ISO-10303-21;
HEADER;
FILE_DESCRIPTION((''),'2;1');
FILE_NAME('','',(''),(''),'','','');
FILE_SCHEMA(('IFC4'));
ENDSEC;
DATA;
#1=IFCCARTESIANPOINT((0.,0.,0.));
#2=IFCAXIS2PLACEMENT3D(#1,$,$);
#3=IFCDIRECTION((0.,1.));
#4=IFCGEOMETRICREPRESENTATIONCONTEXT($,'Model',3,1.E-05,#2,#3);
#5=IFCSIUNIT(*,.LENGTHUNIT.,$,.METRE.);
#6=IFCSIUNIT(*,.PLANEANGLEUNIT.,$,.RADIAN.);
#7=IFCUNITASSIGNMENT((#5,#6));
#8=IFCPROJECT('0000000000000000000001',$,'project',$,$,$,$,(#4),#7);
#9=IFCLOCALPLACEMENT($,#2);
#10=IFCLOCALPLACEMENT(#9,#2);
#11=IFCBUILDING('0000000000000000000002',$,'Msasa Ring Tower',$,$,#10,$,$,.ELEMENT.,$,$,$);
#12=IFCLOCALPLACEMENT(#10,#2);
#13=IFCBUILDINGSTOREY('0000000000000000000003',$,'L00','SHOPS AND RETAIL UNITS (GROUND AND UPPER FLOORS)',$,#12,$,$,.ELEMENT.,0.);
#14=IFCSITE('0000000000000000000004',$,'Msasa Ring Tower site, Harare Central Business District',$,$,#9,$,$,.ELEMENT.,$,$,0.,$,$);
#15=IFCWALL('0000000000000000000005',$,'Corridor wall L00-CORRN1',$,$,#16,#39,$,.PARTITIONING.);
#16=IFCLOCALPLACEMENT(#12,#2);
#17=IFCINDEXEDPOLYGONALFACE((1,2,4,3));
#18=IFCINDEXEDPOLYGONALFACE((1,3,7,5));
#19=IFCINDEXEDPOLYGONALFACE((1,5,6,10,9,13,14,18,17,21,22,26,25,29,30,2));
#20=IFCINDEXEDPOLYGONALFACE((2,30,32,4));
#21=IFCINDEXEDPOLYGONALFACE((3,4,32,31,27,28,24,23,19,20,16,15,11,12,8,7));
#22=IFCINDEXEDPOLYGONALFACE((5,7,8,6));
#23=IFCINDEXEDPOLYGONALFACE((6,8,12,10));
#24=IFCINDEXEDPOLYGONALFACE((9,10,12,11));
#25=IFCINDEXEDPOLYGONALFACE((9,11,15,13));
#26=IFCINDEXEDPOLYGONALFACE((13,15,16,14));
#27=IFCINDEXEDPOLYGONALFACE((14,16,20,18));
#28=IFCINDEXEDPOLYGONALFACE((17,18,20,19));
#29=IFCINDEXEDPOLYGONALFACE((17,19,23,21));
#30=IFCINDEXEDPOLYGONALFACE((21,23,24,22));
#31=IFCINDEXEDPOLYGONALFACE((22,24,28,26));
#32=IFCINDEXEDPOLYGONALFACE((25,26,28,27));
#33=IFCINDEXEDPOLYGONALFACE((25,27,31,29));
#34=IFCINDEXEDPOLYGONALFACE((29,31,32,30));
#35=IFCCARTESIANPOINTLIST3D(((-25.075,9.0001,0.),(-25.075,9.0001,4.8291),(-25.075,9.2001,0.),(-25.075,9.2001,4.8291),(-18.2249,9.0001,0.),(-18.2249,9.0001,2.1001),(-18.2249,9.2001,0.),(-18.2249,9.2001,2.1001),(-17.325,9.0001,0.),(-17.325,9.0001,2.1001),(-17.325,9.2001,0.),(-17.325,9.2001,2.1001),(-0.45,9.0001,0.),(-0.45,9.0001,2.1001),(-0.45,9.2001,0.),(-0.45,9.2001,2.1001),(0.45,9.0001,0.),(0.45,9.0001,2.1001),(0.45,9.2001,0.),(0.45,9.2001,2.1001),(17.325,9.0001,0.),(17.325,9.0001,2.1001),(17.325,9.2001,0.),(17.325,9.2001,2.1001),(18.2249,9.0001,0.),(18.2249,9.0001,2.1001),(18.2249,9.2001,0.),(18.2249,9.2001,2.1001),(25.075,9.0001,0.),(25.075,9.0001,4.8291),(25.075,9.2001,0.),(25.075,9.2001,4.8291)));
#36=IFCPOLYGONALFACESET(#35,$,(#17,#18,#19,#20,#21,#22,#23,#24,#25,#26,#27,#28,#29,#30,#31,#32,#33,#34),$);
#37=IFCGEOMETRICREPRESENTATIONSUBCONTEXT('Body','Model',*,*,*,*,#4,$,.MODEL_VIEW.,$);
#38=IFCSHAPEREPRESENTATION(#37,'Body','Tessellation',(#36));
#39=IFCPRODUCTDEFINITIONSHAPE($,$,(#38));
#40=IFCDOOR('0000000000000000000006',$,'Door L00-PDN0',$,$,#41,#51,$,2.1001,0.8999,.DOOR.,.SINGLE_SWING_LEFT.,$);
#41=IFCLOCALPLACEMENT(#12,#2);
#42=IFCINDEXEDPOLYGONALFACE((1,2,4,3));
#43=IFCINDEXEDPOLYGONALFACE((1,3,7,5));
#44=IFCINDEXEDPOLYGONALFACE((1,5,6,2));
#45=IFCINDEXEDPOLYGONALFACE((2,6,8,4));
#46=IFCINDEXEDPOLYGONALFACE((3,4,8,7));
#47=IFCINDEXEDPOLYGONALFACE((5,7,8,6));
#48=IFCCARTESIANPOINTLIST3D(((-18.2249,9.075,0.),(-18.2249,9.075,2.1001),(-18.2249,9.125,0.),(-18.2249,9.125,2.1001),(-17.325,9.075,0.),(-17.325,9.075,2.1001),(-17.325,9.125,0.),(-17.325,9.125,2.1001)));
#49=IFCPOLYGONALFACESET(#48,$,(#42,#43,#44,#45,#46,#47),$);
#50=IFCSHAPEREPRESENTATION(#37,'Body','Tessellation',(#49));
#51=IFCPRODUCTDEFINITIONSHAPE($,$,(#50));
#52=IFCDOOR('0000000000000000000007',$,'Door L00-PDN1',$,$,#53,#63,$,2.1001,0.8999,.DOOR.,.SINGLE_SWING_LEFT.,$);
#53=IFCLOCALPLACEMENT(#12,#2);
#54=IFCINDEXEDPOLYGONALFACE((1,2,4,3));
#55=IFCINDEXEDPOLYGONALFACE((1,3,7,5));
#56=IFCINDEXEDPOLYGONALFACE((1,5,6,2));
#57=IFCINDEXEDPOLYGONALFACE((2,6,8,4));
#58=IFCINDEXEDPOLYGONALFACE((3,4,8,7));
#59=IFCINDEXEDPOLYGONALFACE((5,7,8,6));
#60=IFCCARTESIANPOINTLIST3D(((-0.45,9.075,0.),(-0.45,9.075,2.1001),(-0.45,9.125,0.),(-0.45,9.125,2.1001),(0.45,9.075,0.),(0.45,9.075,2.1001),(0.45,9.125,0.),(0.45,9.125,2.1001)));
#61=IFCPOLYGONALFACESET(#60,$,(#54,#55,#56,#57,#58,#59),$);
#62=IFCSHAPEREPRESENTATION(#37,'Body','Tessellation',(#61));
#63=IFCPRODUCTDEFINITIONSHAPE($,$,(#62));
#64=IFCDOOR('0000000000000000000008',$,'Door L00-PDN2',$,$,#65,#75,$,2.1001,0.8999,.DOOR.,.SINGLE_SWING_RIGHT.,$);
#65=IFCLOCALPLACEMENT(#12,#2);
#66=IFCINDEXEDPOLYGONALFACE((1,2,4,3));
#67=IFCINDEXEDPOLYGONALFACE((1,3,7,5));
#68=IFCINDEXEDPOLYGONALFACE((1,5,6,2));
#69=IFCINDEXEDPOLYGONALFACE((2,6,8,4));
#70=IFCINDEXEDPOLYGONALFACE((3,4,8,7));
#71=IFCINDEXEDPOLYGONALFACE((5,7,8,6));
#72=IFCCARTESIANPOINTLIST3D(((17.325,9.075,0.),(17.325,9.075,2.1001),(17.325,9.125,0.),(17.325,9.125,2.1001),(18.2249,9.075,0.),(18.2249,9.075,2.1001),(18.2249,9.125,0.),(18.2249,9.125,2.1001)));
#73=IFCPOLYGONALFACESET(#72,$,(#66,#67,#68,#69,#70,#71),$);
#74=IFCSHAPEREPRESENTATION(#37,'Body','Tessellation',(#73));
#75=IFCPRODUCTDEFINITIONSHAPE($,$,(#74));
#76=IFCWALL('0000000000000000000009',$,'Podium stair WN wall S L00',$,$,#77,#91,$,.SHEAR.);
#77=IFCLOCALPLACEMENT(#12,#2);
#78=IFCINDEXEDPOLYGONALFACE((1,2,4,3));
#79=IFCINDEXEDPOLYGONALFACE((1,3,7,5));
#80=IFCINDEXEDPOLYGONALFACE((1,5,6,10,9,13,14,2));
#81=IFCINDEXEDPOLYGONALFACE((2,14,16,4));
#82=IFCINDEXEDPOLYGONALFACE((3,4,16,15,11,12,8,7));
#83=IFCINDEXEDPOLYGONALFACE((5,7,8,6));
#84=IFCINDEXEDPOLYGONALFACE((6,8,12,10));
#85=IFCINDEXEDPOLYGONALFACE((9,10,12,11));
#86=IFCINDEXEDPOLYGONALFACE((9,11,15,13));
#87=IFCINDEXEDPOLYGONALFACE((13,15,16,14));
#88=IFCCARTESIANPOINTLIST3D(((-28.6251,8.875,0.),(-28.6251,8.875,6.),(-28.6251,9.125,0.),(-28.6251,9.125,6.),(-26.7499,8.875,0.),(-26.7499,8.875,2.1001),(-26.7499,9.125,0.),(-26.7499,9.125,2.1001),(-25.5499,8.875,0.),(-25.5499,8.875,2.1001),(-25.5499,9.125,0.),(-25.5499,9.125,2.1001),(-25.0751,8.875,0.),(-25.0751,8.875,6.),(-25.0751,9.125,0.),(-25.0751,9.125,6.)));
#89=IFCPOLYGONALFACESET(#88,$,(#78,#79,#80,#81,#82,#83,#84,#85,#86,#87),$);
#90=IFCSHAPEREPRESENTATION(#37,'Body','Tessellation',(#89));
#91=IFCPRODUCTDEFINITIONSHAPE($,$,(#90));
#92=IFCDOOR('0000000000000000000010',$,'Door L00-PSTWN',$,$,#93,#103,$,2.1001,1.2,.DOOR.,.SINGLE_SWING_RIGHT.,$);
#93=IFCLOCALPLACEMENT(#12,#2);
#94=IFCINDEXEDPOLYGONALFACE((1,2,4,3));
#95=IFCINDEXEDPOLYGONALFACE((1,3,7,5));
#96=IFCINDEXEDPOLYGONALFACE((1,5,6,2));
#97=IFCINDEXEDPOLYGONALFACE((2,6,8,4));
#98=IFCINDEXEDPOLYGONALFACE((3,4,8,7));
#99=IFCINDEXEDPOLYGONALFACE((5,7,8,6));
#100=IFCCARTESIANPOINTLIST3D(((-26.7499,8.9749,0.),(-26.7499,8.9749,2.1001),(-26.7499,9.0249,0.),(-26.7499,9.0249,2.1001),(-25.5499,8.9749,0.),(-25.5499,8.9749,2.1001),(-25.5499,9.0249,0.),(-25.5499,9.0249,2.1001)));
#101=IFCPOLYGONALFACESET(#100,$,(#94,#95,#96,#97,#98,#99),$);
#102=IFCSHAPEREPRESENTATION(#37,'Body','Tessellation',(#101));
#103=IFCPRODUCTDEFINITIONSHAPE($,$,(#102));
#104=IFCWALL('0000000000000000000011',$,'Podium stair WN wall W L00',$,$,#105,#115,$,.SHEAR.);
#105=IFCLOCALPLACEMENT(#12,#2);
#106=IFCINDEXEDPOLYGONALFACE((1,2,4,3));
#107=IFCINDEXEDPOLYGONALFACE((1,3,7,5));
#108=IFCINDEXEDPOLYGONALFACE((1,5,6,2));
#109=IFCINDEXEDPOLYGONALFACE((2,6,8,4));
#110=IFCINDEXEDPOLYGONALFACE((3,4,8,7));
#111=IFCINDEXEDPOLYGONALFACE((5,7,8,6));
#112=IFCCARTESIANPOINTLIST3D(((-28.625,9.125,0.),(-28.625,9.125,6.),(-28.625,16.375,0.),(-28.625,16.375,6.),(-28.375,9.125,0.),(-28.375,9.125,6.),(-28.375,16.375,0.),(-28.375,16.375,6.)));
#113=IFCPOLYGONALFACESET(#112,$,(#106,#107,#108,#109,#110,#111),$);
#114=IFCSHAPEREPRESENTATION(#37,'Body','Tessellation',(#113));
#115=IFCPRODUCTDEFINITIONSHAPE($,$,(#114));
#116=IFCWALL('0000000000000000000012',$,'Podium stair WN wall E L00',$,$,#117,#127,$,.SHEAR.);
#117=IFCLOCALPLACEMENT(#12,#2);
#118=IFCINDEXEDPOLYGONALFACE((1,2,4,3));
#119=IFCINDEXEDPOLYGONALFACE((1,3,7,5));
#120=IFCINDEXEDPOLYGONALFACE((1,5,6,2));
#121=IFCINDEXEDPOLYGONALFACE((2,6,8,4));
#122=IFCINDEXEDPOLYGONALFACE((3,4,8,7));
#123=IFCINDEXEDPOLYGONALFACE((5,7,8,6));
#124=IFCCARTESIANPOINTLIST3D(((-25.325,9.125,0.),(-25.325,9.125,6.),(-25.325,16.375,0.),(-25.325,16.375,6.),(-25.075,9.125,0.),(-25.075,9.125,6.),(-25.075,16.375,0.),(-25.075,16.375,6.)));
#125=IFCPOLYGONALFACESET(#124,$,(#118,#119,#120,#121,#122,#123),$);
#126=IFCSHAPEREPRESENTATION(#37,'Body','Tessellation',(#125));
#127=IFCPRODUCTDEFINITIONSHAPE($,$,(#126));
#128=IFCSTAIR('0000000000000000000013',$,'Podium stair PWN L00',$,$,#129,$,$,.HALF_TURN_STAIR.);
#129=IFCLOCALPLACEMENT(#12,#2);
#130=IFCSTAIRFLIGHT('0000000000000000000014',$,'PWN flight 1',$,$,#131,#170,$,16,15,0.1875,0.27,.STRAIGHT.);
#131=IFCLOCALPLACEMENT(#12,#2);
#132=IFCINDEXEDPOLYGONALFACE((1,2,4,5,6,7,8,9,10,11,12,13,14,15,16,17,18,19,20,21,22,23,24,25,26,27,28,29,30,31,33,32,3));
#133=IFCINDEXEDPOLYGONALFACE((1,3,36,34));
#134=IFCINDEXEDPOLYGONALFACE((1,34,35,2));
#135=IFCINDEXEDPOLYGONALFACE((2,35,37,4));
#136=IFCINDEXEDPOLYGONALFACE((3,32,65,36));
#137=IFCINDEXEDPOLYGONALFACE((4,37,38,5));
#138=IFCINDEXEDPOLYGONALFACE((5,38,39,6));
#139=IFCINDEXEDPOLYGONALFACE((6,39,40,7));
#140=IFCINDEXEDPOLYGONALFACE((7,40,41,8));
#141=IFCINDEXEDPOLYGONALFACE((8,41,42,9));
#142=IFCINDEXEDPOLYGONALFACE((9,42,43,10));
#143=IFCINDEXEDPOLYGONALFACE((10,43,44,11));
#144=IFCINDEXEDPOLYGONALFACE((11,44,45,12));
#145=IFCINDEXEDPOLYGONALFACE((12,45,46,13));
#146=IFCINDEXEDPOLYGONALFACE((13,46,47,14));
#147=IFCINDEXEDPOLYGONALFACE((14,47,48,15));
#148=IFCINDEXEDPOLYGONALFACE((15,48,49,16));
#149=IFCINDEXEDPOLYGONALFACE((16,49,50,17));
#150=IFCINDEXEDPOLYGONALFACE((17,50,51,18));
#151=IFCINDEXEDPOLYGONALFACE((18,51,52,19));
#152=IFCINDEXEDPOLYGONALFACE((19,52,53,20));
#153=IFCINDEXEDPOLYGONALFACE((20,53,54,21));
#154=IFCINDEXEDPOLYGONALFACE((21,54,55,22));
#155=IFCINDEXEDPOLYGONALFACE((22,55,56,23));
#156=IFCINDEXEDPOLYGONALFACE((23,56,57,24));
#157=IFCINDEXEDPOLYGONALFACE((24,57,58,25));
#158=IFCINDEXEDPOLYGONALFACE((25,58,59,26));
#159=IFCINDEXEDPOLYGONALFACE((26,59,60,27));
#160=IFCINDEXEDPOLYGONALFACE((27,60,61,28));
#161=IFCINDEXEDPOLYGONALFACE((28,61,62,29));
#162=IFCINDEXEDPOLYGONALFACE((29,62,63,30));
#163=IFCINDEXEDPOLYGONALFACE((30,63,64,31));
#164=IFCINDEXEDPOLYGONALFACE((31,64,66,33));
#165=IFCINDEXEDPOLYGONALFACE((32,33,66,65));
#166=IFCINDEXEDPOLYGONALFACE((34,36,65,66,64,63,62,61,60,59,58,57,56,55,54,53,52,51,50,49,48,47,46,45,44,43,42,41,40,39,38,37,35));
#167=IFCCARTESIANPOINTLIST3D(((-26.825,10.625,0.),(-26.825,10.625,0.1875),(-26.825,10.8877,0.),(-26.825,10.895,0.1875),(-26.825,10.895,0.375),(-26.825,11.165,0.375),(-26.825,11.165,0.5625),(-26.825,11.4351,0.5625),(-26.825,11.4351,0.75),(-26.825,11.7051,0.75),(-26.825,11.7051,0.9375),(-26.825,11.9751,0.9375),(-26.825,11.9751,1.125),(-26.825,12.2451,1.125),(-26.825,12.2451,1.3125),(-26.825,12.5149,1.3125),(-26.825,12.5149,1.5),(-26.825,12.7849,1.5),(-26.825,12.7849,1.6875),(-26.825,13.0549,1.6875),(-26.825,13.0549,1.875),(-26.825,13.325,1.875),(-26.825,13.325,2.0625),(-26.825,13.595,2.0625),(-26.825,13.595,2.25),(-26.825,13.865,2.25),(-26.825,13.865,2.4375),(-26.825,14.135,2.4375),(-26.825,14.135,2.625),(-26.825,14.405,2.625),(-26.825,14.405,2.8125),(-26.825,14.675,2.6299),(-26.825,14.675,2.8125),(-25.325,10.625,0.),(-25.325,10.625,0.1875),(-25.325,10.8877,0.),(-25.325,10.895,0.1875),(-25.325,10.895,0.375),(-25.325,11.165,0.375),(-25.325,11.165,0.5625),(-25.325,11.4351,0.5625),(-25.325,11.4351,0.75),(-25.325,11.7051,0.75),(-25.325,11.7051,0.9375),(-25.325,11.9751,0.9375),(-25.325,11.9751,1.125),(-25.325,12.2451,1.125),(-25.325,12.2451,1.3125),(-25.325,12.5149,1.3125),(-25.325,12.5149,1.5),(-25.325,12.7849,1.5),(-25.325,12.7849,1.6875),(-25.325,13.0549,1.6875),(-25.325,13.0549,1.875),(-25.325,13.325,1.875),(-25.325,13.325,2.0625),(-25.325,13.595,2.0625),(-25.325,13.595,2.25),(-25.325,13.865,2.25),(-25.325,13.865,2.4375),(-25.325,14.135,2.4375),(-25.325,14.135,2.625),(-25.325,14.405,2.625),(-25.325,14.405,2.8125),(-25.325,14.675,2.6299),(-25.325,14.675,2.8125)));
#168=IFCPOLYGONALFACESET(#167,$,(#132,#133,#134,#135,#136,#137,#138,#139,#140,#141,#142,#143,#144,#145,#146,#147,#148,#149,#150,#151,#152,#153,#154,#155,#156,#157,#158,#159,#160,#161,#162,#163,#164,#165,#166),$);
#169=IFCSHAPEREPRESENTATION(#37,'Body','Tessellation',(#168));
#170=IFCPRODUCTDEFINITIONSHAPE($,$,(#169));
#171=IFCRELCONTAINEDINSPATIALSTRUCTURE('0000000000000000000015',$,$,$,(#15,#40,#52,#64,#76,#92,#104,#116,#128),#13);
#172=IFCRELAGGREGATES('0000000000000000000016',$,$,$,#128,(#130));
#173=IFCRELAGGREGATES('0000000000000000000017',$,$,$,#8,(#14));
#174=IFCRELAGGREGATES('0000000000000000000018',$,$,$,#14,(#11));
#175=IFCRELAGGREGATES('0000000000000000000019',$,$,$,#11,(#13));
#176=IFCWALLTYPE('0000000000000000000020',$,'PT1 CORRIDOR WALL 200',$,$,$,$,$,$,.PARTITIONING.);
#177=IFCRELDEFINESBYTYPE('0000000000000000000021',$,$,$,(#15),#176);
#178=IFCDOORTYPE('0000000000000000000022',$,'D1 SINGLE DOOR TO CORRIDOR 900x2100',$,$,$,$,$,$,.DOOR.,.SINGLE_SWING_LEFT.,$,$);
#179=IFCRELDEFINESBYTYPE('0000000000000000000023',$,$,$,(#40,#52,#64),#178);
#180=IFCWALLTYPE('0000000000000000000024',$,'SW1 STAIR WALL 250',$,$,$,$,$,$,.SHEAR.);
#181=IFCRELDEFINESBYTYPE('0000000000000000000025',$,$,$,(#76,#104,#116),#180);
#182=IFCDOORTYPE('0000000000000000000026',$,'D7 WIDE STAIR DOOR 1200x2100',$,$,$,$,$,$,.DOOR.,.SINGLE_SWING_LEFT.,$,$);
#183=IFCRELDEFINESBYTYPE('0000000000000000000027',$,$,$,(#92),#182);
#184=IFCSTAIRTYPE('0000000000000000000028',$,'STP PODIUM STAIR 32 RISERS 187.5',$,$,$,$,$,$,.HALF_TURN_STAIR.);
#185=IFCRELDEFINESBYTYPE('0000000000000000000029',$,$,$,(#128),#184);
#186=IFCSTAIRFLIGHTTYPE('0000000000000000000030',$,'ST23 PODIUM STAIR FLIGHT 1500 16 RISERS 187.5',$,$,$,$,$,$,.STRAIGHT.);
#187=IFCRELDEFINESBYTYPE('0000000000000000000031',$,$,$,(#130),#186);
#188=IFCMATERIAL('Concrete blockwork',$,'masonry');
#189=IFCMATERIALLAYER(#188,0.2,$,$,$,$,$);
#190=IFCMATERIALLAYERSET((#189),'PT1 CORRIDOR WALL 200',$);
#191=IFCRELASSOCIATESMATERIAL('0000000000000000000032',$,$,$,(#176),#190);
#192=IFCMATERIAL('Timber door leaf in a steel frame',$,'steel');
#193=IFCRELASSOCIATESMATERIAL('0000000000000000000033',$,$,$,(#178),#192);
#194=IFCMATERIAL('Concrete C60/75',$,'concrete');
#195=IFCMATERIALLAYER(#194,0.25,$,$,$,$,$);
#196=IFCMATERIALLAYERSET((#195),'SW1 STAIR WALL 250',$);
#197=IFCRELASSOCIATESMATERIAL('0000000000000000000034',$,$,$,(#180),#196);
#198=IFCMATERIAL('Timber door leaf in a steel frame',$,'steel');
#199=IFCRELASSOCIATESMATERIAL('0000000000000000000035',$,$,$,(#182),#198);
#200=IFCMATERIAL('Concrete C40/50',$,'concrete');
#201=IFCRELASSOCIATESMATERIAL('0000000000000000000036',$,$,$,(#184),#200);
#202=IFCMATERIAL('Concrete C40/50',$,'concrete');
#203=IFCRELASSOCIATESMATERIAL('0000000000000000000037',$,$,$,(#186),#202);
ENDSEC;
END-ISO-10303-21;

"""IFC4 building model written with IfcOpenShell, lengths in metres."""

from ifc_helpers import new_model, si_unit, direction, frame, frame_2d, origin, place, context, subcontext, project, spatial, polyline, rectangle, outline, extrude, material, layer, layer_set, type_object, element, fill, aggregate, save


model = new_model("IFC4")

# Units and contexts
model_context = context("Model", 3, precision=1e-05, world=origin(), true_north=direction((0.0, 1.0)))
body_context = subcontext(model_context, "Body", "Model", "MODEL_VIEW")
ifc_project = project(units=[si_unit("LENGTHUNIT", "METRE"), si_unit("PLANEANGLEUNIT", "RADIAN")], contexts=[model_context])

# Site, building, storey
site_placement = place(None, origin())
site = spatial("IfcSite", under=ifc_project, at=site_placement, Name="Msasa Ring Tower site, Harare Central Business District", CompositionType="ELEMENT", RefElevation=0.0)
building_placement = place(site_placement, origin())
building = spatial("IfcBuilding", under=site, at=building_placement, Name="Msasa Ring Tower", CompositionType="ELEMENT")
storey_placement = place(building_placement, origin())
storey = spatial("IfcBuildingStorey", under=building, at=storey_placement, Name="L00", Description="SHOPS AND RETAIL UNITS (GROUND AND UPPER FLOORS)", CompositionType="ELEMENT", Elevation=0.0)

# Wall, openings, doors
ifc_material_1 = material(Name="Concrete blockwork", Category="masonry")
ifc_layer_1 = layer(ifc_material_1, 0.2)
ifc_layer_set_1 = layer_set([ifc_layer_1], Name="PT1 CORRIDOR WALL 200")
wall_type_1 = type_object("IfcWallType", Name="PT1 CORRIDOR WALL 200", PredefinedType="PARTITIONING", material=ifc_layer_set_1)
wall_1_placement = place(storey_placement, frame((-25.075, 9.1001, 0.0), z_axis=(0.0, 0.0, 1.0), x_axis=(1.0, 0.0, 0.0)))
wall_1 = element("IfcWall", 1, at=wall_1_placement, inside=storey, type_object=wall_type_1, Name="Corridor wall L00-CORRN1", PredefinedType="PARTITIONING", context=body_context, shape_type="SweptSolid", body=[
    extrude(rectangle(XDim=50.1499, YDim=0.2, at=frame_2d((25.075, 0.0))), origin(), (0.0, 0.0, 1.0), 4.8291),
])
opening_1_placement = place(wall_1_placement, frame((6.8501, 0.0, 0.0)))
opening_1 = element("IfcOpeningElement", 2, at=opening_1_placement, cuts=wall_1, PredefinedType="OPENING", context=body_context, shape_type="SweptSolid", body=[
    extrude(rectangle(XDim=0.8999, YDim=2.1001, at=frame_2d((0.45, 1.05))), frame((0.0, 0.1099, 0.0), z_axis=(0.0, -1.0, 0.0), x_axis=(1.0, 0.0, 0.0)), (0.0, 0.0, 1.0), 0.22),
])
opening_2_placement = place(wall_1_placement, frame((24.625, 0.0, 0.0)))
opening_2 = element("IfcOpeningElement", 3, at=opening_2_placement, cuts=wall_1, PredefinedType="OPENING", context=body_context, shape_type="SweptSolid", body=[
    extrude(rectangle(XDim=0.8999, YDim=2.1001, at=frame_2d((0.45, 1.05))), frame((0.0, 0.1099, 0.0), z_axis=(0.0, -1.0, 0.0), x_axis=(1.0, 0.0, 0.0)), (0.0, 0.0, 1.0), 0.22),
])
opening_3_placement = place(wall_1_placement, frame((42.3999, 0.0, 0.0)))
opening_3 = element("IfcOpeningElement", 4, at=opening_3_placement, cuts=wall_1, PredefinedType="OPENING", context=body_context, shape_type="SweptSolid", body=[
    extrude(rectangle(XDim=0.8999, YDim=2.1001, at=frame_2d((0.45, 1.05))), frame((0.0, 0.1099, 0.0), z_axis=(0.0, -1.0, 0.0), x_axis=(1.0, 0.0, 0.0)), (0.0, 0.0, 1.0), 0.22),
])
ifc_material_2 = material(Name="Timber door leaf in a steel frame", Category="steel")
door_type_1 = type_object("IfcDoorType", Name="D1 SINGLE DOOR TO CORRIDOR 900x2100", OperationType="SINGLE_SWING_LEFT", PredefinedType="DOOR", material=ifc_material_2)
door_1_placement = place(opening_1_placement, origin())
door_1 = element("IfcDoor", 5, at=door_1_placement, inside=storey, type_object=door_type_1, Name="Door L00-PDN0", OperationType="SINGLE_SWING_LEFT", OverallHeight=2.1001, OverallWidth=0.8999, PredefinedType="DOOR", context=body_context, shape_type="SweptSolid", body=[
    extrude(rectangle(XDim=0.8999, YDim=2.1001, at=frame_2d((0.45, 1.05))), frame((0.0, 0.0249, 0.0), z_axis=(0.0, -1.0, 0.0), x_axis=(1.0, 0.0, 0.0)), (0.0, 0.0, 1.0), 0.05),
])
fill(opening_1, door_1)
door_2_placement = place(opening_2_placement, origin())
door_2 = element("IfcDoor", 6, at=door_2_placement, inside=storey, type_object=door_type_1, Name="Door L00-PDN1", OperationType="SINGLE_SWING_LEFT", OverallHeight=2.1001, OverallWidth=0.8999, PredefinedType="DOOR", context=body_context, shape_type="SweptSolid", body=[
    extrude(rectangle(XDim=0.8999, YDim=2.1001, at=frame_2d((0.45, 1.05))), frame((0.0, 0.0249, 0.0), z_axis=(0.0, -1.0, 0.0), x_axis=(1.0, 0.0, 0.0)), (0.0, 0.0, 1.0), 0.05),
])
fill(opening_2, door_2)
door_3_placement = place(opening_3_placement, origin())
door_3 = element("IfcDoor", 7, at=door_3_placement, inside=storey, type_object=door_type_1, Name="Door L00-PDN2", OperationType="SINGLE_SWING_RIGHT", OverallHeight=2.1001, OverallWidth=0.8999, PredefinedType="DOOR", context=body_context, shape_type="SweptSolid", body=[
    extrude(rectangle(XDim=0.8999, YDim=2.1001, at=frame_2d((0.45, 1.05))), frame((0.0, 0.0249, 0.0), z_axis=(0.0, -1.0, 0.0), x_axis=(1.0, 0.0, 0.0)), (0.0, 0.0, 1.0), 0.05),
])
fill(opening_3, door_3)

# Wall, opening, door
ifc_material_3 = material(Name="Concrete C60/75", Category="concrete")
ifc_layer_2 = layer(ifc_material_3, 0.25)
ifc_layer_set_2 = layer_set([ifc_layer_2], Name="SW1 STAIR WALL 250")
wall_type_2 = type_object("IfcWallType", Name="SW1 STAIR WALL 250", PredefinedType="SHEAR", material=ifc_layer_set_2)
wall_2_placement = place(storey_placement, frame((-28.625, 9.0, 0.0), z_axis=(0.0, 0.0, 1.0), x_axis=(1.0, 0.0, 0.0)))
wall_2 = element("IfcWall", 8, at=wall_2_placement, inside=storey, type_object=wall_type_2, Name="Podium stair WN wall S L00", PredefinedType="SHEAR", context=body_context, shape_type="SweptSolid", body=[
    extrude(rectangle(XDim=3.55, YDim=0.25, at=frame_2d((1.7749, 0.0))), origin(), (0.0, 0.0, 1.0), 6.0),
])
opening_4_placement = place(wall_2_placement, frame((1.875, 0.0, 0.0)))
opening_4 = element("IfcOpeningElement", 9, at=opening_4_placement, cuts=wall_2, PredefinedType="OPENING", context=body_context, shape_type="SweptSolid", body=[
    extrude(rectangle(XDim=1.2, YDim=2.1001, at=frame_2d((0.6001, 1.05))), frame((0.0, 0.135, 0.0), z_axis=(0.0, -1.0, 0.0), x_axis=(1.0, 0.0, 0.0)), (0.0, 0.0, 1.0), 0.27),
])
ifc_material_4 = material(Name="Timber door leaf in a steel frame", Category="steel")
door_type_2 = type_object("IfcDoorType", Name="D7 WIDE STAIR DOOR 1200x2100", OperationType="SINGLE_SWING_LEFT", PredefinedType="DOOR", material=ifc_material_4)
door_4_placement = place(opening_4_placement, origin())
door_4 = element("IfcDoor", 10, at=door_4_placement, inside=storey, type_object=door_type_2, Name="Door L00-PSTWN", OperationType="SINGLE_SWING_RIGHT", OverallHeight=2.1001, OverallWidth=1.2, PredefinedType="DOOR", context=body_context, shape_type="SweptSolid", body=[
    extrude(rectangle(XDim=1.2, YDim=2.1001, at=frame_2d((0.6001, 1.05))), frame((0.0, 0.0249, 0.0), z_axis=(0.0, -1.0, 0.0), x_axis=(1.0, 0.0, 0.0)), (0.0, 0.0, 1.0), 0.05),
])
fill(opening_4, door_4)

# Walls
for number, where, z_axis, x_axis, name in (
    (11, (-28.5, 9.125, 0.0), (0.0, 0.0, 1.0), (0.0, 1.0, 0.0), "Podium stair WN wall W L00"),
    (12, (-25.2, 9.125, 0.0), (0.0, 0.0, 1.0), (0.0, 1.0, 0.0), "Podium stair WN wall E L00"),
):
    element("IfcWall", number, at=place(storey_placement, frame(where, z_axis=z_axis, x_axis=x_axis)), inside=storey, type_object=wall_type_2, Name=name, PredefinedType="SHEAR", context=body_context, shape_type="SweptSolid", body=[
        extrude(rectangle(XDim=7.25, YDim=0.25, at=frame_2d((3.625, 0.0))), origin(), (0.0, 0.0, 1.0), 6.0),
    ])

# Stair, stair flight
ifc_material_5 = material(Name="Concrete C40/50", Category="concrete")
stair_type = type_object("IfcStairType", Name="STP PODIUM STAIR 32 RISERS 187.5", PredefinedType="HALF_TURN_STAIR", material=ifc_material_5)
stair_placement = place(storey_placement, origin())
stair = element("IfcStair", 13, at=stair_placement, inside=storey, type_object=stair_type, Name="Podium stair PWN L00", PredefinedType="HALF_TURN_STAIR")
ifc_material_6 = material(Name="Concrete C40/50", Category="concrete")
stair_flight_type = type_object("IfcStairFlightType", Name="ST23 PODIUM STAIR FLIGHT 1500 16 RISERS 187.5", PredefinedType="STRAIGHT", material=ifc_material_6)
stair_flight_placement = place(storey_placement, frame((-26.075, 10.625, 0.0), z_axis=(0.0, 0.0, 1.0), x_axis=(0.0, 1.0, 0.0)))
stair_flight = element("IfcStairFlight", 14, at=stair_flight_placement, type_object=stair_flight_type, Name="PWN flight 1", NumberOfRisers=16, NumberOfTreads=15, PredefinedType="STRAIGHT", RiserHeight=0.1875, TreadLength=0.27, context=body_context, shape_type="SweptSolid", body=[
    extrude(outline(polyline([(0.0, 0.0), (0.0, 0.1875), (0.27, 0.1875), (0.27, 0.375), (0.54, 0.375), (0.54, 0.5625), (0.8101, 0.5625), (0.8101, 0.75), (1.0801, 0.75), (1.0801, 0.9375), (1.3501, 0.9375), (1.3501, 1.125), (1.6201, 1.125), (1.6201, 1.3125), (1.8899, 1.3125), (1.8899, 1.5), (2.1599, 1.5), (2.1599, 1.6875), (2.4299, 1.6875), (2.4299, 1.875), (2.7, 1.875), (2.7, 2.0625), (2.97, 2.0625), (2.97, 2.25), (3.24, 2.25), (3.24, 2.4375), (3.51, 2.4375), (3.51, 2.625), (3.78, 2.625), (3.78, 2.8125), (4.05, 2.8125), (4.05, 3.0), (4.05, 2.6299), (0.2627, 0.0), (0.0, 0.0)])), frame((0.0, 0.75, 0.0), z_axis=(0.0, -1.0, 0.0), x_axis=(1.0, 0.0, 0.0)), (0.0, 0.0, 1.0), 1.5),
])
aggregate(stair, [stair_flight])

save(model, "model.ifc")
